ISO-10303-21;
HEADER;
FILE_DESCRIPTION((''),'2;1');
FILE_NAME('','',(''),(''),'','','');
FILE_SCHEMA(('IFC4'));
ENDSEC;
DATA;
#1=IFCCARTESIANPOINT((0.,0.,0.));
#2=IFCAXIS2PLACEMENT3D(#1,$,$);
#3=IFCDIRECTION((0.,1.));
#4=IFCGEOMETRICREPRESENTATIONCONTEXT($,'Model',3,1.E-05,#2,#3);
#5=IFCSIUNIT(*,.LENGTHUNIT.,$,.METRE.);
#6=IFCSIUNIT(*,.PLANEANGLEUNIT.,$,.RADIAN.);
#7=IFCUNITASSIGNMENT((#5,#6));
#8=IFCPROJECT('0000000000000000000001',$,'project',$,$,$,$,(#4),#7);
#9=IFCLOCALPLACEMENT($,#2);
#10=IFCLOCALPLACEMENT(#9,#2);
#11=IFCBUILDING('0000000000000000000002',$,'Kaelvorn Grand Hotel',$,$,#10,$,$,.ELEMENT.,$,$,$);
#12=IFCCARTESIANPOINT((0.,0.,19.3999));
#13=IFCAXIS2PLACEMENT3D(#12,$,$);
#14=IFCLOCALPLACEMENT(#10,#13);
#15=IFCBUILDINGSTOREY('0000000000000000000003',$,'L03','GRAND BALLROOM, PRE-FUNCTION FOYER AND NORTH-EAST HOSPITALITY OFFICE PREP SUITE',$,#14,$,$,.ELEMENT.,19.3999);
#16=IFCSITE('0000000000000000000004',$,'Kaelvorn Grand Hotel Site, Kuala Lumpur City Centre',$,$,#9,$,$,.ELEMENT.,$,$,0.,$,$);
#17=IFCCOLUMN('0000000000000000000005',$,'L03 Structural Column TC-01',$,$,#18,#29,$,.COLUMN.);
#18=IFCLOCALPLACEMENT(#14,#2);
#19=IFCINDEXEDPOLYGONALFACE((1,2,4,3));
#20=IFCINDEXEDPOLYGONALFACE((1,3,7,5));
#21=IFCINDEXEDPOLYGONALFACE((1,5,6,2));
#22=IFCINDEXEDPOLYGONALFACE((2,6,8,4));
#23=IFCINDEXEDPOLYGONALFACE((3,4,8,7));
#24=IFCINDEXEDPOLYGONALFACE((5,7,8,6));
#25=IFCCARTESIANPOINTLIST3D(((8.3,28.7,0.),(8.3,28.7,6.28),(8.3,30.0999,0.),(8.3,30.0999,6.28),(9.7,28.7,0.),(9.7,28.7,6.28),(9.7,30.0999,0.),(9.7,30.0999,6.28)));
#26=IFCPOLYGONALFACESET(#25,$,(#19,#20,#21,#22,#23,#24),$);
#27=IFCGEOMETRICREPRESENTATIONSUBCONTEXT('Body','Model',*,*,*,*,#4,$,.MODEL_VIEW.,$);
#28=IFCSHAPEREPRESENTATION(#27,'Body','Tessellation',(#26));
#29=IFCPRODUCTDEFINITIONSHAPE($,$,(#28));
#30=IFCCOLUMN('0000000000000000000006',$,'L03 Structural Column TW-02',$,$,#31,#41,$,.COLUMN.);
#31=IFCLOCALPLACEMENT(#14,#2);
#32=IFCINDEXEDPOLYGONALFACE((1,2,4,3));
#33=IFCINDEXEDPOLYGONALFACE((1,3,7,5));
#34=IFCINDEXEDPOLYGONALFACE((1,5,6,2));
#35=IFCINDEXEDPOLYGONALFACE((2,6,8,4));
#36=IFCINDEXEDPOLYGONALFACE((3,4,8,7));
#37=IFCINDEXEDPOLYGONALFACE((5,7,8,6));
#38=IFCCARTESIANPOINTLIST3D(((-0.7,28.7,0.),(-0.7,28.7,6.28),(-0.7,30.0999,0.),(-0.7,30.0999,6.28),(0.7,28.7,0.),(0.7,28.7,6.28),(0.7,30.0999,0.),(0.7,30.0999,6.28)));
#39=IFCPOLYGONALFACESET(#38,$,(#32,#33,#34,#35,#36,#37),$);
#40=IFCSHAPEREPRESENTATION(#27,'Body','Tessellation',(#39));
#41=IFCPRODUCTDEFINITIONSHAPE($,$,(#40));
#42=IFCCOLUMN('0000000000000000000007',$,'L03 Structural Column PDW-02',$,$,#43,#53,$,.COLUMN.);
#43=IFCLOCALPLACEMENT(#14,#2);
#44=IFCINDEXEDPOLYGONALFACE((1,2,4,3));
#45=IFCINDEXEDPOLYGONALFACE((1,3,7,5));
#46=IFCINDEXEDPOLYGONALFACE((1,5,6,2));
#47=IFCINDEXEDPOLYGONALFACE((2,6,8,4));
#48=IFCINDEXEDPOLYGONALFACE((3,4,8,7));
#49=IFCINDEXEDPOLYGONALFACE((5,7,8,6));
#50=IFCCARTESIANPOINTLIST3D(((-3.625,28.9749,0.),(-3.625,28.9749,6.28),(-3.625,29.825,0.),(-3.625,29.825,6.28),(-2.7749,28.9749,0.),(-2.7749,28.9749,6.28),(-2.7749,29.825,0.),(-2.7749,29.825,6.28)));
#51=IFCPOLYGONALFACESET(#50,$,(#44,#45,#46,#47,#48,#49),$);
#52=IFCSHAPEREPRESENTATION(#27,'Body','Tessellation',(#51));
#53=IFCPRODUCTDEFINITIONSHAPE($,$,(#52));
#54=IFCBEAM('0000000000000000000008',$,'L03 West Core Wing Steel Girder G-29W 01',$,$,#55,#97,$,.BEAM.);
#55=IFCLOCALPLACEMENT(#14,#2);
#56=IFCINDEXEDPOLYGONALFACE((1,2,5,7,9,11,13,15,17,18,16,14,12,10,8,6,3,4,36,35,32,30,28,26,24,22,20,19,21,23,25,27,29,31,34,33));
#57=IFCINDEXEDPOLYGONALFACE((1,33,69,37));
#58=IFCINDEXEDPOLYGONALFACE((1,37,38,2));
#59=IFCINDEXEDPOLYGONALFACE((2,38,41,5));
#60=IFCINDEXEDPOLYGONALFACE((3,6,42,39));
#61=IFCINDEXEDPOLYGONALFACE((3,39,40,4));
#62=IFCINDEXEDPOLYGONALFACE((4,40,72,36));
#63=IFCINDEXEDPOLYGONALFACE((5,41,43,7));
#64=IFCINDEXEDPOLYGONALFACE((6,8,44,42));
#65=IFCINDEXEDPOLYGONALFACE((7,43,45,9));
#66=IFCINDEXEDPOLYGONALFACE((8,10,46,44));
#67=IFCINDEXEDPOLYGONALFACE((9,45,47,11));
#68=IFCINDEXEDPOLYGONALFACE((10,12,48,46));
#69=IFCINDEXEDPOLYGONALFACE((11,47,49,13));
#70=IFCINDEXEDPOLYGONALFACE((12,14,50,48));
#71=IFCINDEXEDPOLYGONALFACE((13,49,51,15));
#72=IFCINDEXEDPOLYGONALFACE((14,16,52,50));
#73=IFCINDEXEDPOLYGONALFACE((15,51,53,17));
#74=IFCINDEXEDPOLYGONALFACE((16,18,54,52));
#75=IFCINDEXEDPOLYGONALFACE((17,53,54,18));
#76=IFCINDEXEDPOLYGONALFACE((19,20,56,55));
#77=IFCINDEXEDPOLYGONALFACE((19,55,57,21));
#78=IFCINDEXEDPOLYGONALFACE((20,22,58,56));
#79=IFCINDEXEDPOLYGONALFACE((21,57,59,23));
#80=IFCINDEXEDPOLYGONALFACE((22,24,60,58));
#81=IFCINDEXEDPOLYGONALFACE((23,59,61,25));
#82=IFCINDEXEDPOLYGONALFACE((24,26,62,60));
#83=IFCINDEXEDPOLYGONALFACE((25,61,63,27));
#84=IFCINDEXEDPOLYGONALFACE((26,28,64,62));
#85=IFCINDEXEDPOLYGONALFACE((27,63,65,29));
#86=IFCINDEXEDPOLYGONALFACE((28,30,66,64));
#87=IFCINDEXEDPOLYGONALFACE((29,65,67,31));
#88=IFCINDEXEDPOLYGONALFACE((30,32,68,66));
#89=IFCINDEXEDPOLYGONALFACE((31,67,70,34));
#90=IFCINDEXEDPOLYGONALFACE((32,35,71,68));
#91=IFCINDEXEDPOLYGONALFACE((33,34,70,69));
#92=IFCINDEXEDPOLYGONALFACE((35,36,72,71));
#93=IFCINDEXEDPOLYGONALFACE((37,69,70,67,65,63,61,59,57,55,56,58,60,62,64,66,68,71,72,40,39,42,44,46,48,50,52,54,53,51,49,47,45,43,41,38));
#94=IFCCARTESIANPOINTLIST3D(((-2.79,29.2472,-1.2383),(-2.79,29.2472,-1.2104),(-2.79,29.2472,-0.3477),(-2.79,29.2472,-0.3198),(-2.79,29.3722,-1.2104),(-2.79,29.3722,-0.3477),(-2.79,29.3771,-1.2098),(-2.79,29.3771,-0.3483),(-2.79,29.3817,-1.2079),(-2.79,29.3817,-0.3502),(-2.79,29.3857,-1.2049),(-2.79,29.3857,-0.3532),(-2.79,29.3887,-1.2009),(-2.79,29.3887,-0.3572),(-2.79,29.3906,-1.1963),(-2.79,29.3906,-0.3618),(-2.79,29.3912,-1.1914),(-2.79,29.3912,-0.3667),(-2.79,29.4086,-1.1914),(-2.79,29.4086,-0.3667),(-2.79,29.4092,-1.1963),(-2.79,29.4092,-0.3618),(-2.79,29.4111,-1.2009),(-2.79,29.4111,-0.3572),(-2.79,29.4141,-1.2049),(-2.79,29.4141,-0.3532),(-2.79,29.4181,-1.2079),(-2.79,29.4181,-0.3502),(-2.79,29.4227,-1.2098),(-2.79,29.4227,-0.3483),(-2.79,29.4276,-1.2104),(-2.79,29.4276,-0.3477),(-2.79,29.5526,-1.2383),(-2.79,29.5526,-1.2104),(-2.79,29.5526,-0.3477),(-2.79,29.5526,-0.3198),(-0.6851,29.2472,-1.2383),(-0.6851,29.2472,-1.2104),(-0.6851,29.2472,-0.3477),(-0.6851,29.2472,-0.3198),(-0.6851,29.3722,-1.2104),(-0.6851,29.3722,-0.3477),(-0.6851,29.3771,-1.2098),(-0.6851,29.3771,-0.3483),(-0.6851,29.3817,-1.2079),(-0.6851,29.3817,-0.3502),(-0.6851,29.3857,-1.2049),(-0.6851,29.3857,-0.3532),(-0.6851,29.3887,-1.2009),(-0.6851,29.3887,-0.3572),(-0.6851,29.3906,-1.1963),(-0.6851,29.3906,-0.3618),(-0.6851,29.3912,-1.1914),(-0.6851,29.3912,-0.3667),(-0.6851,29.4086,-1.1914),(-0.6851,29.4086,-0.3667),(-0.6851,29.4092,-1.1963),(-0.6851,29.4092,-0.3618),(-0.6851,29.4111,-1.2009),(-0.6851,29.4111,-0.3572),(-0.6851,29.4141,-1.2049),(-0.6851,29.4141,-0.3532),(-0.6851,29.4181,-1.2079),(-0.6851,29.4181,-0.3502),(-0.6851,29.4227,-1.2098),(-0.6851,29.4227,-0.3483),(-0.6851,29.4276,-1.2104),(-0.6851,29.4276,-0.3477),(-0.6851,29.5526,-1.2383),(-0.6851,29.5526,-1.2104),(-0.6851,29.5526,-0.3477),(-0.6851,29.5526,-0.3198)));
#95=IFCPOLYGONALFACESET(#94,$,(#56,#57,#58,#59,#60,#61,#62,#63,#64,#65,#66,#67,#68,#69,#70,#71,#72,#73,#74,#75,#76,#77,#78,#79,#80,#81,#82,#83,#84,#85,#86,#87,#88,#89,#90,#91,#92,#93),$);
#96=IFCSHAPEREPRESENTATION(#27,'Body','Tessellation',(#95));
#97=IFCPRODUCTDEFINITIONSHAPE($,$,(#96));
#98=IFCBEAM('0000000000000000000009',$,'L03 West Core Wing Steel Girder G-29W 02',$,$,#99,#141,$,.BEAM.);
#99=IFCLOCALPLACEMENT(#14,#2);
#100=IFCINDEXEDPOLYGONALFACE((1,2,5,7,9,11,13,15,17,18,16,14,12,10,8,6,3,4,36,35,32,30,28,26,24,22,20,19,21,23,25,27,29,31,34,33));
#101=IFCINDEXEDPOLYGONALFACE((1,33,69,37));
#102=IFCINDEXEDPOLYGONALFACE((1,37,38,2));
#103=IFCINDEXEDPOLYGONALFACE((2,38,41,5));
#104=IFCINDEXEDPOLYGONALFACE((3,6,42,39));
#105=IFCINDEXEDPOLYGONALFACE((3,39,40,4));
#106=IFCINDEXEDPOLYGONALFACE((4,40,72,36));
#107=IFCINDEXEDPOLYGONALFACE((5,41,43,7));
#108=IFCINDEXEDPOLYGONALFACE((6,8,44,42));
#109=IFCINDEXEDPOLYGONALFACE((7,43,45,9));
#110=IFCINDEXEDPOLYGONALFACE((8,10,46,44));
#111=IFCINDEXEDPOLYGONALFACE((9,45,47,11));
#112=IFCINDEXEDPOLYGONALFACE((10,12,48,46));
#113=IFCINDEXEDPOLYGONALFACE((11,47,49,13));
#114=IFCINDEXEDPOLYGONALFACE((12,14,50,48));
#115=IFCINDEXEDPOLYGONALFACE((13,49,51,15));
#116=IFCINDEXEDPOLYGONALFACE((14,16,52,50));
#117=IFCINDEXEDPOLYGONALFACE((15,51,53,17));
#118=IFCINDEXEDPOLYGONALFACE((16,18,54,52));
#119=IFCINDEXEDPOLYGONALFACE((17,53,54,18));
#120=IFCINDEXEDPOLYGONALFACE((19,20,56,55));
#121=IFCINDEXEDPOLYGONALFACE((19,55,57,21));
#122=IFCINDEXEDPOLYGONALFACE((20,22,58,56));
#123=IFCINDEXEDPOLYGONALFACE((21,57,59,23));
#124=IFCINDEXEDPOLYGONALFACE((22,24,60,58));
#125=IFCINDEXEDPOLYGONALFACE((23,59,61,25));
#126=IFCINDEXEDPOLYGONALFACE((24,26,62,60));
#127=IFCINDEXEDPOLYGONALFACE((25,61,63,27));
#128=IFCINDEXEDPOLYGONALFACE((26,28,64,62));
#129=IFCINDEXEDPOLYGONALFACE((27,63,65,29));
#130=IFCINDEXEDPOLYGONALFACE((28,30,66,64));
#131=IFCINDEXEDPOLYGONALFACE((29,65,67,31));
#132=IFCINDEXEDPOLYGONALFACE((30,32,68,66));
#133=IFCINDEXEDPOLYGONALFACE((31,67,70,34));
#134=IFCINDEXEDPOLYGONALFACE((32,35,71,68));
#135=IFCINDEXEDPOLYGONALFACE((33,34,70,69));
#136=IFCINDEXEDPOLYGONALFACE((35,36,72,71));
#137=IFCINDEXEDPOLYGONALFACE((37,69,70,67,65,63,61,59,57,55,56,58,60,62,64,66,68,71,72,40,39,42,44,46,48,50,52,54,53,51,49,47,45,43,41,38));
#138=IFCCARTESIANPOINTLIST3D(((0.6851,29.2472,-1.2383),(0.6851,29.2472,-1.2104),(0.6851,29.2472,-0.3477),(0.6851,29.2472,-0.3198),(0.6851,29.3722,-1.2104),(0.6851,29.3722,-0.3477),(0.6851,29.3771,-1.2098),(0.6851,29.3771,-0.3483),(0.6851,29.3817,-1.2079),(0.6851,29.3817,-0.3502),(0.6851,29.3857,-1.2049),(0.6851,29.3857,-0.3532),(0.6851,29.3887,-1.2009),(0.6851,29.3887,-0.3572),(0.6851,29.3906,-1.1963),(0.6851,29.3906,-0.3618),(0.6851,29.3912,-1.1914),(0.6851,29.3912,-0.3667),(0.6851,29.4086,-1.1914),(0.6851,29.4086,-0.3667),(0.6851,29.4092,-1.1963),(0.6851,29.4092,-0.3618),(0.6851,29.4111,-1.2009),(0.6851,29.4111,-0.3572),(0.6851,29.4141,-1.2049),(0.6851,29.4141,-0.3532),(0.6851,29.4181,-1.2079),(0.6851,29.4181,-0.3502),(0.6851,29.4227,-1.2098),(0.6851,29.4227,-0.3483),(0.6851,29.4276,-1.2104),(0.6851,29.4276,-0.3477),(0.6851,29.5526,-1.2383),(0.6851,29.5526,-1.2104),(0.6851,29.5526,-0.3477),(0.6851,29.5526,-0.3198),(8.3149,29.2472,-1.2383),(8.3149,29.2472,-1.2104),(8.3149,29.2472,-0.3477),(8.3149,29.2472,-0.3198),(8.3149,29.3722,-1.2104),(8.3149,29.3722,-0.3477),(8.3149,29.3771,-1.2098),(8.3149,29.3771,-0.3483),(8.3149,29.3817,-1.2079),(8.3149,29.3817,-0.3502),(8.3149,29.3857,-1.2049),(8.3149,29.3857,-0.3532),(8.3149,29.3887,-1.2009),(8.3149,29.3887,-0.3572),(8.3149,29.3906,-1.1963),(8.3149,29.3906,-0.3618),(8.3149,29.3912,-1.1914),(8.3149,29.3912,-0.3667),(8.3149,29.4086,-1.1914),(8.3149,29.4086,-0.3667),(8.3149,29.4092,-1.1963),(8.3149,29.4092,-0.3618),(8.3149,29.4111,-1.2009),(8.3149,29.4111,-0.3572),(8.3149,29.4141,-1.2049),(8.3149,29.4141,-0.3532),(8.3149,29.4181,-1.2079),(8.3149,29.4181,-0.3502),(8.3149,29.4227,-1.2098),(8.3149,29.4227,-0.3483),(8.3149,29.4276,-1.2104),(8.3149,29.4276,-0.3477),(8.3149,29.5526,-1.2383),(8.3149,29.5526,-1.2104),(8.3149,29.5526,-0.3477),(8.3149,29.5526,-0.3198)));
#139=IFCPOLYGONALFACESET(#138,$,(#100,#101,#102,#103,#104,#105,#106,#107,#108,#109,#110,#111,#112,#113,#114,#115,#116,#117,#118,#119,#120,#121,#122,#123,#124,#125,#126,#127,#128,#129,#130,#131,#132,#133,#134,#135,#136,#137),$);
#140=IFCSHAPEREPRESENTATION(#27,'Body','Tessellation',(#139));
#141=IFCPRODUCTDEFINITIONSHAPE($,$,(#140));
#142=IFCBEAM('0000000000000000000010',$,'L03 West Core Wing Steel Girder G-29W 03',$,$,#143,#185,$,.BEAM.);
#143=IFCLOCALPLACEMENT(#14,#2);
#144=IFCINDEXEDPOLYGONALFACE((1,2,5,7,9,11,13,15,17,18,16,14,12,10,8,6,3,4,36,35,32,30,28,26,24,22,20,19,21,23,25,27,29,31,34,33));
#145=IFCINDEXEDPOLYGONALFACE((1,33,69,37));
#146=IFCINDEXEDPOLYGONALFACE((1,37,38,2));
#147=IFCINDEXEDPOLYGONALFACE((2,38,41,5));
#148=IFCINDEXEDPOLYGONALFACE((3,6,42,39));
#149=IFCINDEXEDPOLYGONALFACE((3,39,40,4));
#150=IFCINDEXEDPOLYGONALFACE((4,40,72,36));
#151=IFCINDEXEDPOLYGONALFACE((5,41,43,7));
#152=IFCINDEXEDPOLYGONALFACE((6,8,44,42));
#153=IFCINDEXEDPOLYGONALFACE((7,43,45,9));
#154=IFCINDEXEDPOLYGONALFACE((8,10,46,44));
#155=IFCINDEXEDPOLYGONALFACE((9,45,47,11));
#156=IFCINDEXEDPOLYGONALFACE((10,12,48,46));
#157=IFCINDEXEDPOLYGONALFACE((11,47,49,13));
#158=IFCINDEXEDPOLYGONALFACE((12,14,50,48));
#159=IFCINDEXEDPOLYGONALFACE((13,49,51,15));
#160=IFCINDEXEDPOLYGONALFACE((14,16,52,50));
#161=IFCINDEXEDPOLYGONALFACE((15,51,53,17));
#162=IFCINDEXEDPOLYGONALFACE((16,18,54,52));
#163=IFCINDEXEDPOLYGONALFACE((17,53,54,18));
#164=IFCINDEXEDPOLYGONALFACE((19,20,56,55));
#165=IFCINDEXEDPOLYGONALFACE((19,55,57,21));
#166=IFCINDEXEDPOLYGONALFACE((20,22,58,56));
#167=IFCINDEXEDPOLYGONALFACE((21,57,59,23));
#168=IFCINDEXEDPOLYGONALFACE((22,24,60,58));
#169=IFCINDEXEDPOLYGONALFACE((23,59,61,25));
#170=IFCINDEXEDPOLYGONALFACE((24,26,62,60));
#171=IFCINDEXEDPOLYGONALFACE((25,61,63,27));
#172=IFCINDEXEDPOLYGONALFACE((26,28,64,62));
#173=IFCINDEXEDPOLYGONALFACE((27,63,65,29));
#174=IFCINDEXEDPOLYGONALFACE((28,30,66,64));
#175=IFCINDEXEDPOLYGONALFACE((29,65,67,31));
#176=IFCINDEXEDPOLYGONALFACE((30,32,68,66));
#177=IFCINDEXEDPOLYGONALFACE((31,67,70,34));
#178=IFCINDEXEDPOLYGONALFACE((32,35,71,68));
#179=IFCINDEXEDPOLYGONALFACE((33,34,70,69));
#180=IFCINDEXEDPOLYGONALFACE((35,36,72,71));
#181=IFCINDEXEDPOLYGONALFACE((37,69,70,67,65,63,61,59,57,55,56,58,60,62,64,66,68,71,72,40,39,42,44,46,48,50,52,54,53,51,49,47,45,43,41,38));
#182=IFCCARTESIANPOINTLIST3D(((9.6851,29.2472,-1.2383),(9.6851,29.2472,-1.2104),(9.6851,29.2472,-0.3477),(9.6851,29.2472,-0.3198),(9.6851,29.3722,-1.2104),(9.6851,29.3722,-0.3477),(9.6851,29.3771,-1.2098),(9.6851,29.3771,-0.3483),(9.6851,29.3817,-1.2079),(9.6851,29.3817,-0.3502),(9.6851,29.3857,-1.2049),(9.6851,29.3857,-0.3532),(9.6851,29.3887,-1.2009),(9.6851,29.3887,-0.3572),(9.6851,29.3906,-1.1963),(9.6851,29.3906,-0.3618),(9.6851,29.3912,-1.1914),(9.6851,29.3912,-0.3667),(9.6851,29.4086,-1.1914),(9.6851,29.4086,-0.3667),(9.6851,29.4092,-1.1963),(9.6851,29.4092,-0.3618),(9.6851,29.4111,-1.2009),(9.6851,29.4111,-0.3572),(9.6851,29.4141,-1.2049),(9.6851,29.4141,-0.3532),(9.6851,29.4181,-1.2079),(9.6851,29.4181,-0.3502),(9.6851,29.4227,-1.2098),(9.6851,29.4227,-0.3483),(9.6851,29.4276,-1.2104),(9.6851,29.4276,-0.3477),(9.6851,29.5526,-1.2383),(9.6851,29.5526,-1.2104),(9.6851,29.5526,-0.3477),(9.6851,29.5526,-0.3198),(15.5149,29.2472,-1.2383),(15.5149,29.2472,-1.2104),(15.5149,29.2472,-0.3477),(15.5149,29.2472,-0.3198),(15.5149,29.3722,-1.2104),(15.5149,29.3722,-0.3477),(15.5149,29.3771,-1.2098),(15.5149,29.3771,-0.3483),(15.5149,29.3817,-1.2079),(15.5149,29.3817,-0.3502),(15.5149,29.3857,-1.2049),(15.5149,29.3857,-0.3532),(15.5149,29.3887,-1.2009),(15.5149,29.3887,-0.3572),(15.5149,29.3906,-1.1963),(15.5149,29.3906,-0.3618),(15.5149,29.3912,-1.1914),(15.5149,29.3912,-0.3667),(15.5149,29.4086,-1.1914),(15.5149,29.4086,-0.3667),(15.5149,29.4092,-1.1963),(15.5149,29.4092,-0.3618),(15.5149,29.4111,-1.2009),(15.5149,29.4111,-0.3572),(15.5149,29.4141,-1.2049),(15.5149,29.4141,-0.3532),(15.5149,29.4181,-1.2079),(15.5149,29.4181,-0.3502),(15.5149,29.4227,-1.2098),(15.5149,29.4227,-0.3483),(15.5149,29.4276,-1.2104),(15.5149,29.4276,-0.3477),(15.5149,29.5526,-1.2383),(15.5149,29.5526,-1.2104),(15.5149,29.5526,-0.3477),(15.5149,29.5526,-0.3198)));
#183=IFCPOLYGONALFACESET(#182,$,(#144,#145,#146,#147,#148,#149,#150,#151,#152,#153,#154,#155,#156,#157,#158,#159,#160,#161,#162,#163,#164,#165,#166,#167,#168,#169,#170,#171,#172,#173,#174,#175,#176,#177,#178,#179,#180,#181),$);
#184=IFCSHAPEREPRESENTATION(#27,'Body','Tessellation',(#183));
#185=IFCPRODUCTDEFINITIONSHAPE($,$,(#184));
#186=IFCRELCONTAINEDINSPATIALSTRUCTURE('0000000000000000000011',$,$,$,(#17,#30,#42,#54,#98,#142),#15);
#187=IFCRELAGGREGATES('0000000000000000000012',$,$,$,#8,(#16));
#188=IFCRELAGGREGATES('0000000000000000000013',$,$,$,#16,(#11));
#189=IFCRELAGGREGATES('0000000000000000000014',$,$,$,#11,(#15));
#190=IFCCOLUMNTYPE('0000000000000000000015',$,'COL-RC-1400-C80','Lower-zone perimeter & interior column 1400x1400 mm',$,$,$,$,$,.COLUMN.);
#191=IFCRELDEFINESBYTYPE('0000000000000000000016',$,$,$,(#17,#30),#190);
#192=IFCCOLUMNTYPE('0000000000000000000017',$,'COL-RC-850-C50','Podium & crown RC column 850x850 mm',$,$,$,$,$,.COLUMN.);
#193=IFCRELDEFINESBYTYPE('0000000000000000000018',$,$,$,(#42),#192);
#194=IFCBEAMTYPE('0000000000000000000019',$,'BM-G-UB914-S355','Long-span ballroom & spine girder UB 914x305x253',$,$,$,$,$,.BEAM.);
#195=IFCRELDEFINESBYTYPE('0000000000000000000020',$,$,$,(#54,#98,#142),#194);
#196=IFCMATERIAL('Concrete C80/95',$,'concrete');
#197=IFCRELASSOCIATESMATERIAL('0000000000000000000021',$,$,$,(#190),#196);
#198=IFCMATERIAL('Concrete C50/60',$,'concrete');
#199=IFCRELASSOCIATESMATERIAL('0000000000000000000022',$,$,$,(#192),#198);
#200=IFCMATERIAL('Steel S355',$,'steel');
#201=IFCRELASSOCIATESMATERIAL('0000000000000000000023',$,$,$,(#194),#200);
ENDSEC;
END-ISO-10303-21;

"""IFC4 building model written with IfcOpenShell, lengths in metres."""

from ifc_helpers import new_model, si_unit, direction, frame, origin, origin_2d, place, context, subcontext, project, spatial, rectangle, i_section, extrude, material, material_profile, profile_set, type_object, element, save


model = new_model("IFC4")

# Units and contexts
model_context = context("Model", 3, precision=1e-05, world=origin(), true_north=direction((0.0, 1.0)))
body_context = subcontext(model_context, "Body", "Model", "MODEL_VIEW")
ifc_project = project(units=[si_unit("LENGTHUNIT", "METRE"), si_unit("PLANEANGLEUNIT", "RADIAN")], contexts=[model_context])

# Site, building, storey
site_placement = place(None, origin())
site = spatial("IfcSite", under=ifc_project, at=site_placement, Name="Kaelvorn Grand Hotel Site, Kuala Lumpur City Centre", CompositionType="ELEMENT", RefElevation=0.0)
building_placement = place(site_placement, origin())
building = spatial("IfcBuilding", under=site, at=building_placement, Name="Kaelvorn Grand Hotel", CompositionType="ELEMENT")
storey_placement = place(building_placement, frame((0.0, 0.0, 19.3999)))
storey = spatial("IfcBuildingStorey", under=building, at=storey_placement, Name="L03", Description="GRAND BALLROOM, PRE-FUNCTION FOYER AND NORTH-EAST HOSPITALITY OFFICE PREP SUITE", CompositionType="ELEMENT", Elevation=19.3999)

# Columns
ifc_material_1 = material(Name="Concrete C80/95", Category="concrete")
ifc_material_profile_1 = material_profile(ifc_material_1, rectangle(XDim=1.3999, YDim=1.3999, at=origin_2d()), Name="RC COL 1400x1400")
ifc_profile_set_1 = profile_set([ifc_material_profile_1], Name="Concrete C80/95")
column_type_1 = type_object("IfcColumnType", Name="COL-RC-1400-C80", Description="Lower-zone perimeter & interior column 1400x1400 mm", PredefinedType="COLUMN", material=ifc_profile_set_1)
for number, where, z_axis, x_axis, name in (
    (1, (9.0, 29.3999, 0.0), (0.0, 0.0, 1.0), (1.0, 0.0, 0.0), "L03 Structural Column TC-01"),
    (2, (0.0, 29.3999, 0.0), (0.0, 0.0, 1.0), (1.0, 0.0, 0.0), "L03 Structural Column TW-02"),
):
    element("IfcColumn", number, at=place(storey_placement, frame(where, z_axis=z_axis, x_axis=x_axis)), inside=storey, type_object=column_type_1, Name=name, PredefinedType="COLUMN", context=body_context, shape_type="SweptSolid", body=[
        extrude(rectangle(XDim=1.3999, YDim=1.3999, at=origin_2d()), origin(), (0.0, 0.0, 1.0), 6.28),
    ])
ifc_material_2 = material(Name="Concrete C50/60", Category="concrete")
ifc_material_profile_2 = material_profile(ifc_material_2, rectangle(XDim=0.8501, YDim=0.8501, at=origin_2d()), Name="RC COL 850x850")
ifc_profile_set_2 = profile_set([ifc_material_profile_2], Name="Concrete C50/60")
column_type_2 = type_object("IfcColumnType", Name="COL-RC-850-C50", Description="Podium & crown RC column 850x850 mm", PredefinedType="COLUMN", material=ifc_profile_set_2)
column_placement = place(storey_placement, frame((-3.2, 29.3999, 0.0), z_axis=(0.0, 0.0, 1.0), x_axis=(1.0, 0.0, 0.0)))
element("IfcColumn", 3, at=column_placement, inside=storey, type_object=column_type_2, Name="L03 Structural Column PDW-02", PredefinedType="COLUMN", context=body_context, shape_type="SweptSolid", body=[
    extrude(rectangle(XDim=0.8501, YDim=0.8501, at=origin_2d()), origin(), (0.0, 0.0, 1.0), 6.28),
])

# Beams
ifc_material_3 = material(Name="Steel S355", Category="steel")
ifc_material_profile_3 = material_profile(ifc_material_3, i_section(OverallWidth=0.3054, OverallDepth=0.9185, WebThickness=0.0173, FlangeThickness=0.0278, FilletRadius=0.019, at=origin_2d()), Name="UB 914x305x253")
ifc_profile_set_3 = profile_set([ifc_material_profile_3], Name="Steel S355")
beam_type_1 = type_object("IfcBeamType", Name="BM-G-UB914-S355", Description="Long-span ballroom & spine girder UB 914x305x253", PredefinedType="BEAM", material=ifc_profile_set_3)
beam_1_placement = place(storey_placement, frame((-2.79, 29.3999, -0.7791), z_axis=(1.0, 0.0, 0.0), x_axis=(0.0, 1.0, 0.0)))
element("IfcBeam", 4, at=beam_1_placement, inside=storey, type_object=beam_type_1, Name="L03 West Core Wing Steel Girder G-29W 01", PredefinedType="BEAM", context=body_context, shape_type="SweptSolid", body=[
    extrude(i_section(OverallWidth=0.3054, OverallDepth=0.9185, WebThickness=0.0173, FlangeThickness=0.0278, FilletRadius=0.019, at=origin_2d()), origin(), (0.0, 0.0, 1.0), 2.105),
])
beam_2_placement = place(storey_placement, frame((0.6851, 29.3999, -0.7791), z_axis=(1.0, 0.0, 0.0), x_axis=(0.0, 1.0, 0.0)))
element("IfcBeam", 5, at=beam_2_placement, inside=storey, type_object=beam_type_1, Name="L03 West Core Wing Steel Girder G-29W 02", PredefinedType="BEAM", context=body_context, shape_type="SweptSolid", body=[
    extrude(i_section(OverallWidth=0.3054, OverallDepth=0.9185, WebThickness=0.0173, FlangeThickness=0.0278, FilletRadius=0.019, at=origin_2d()), origin(), (0.0, 0.0, 1.0), 7.6299),
])
beam_3_placement = place(storey_placement, frame((9.6851, 29.3999, -0.7791), z_axis=(1.0, 0.0, 0.0), x_axis=(0.0, 1.0, 0.0)))
element("IfcBeam", 6, at=beam_3_placement, inside=storey, type_object=beam_type_1, Name="L03 West Core Wing Steel Girder G-29W 03", PredefinedType="BEAM", context=body_context, shape_type="SweptSolid", body=[
    extrude(i_section(OverallWidth=0.3054, OverallDepth=0.9185, WebThickness=0.0173, FlangeThickness=0.0278, FilletRadius=0.019, at=origin_2d()), origin(), (0.0, 0.0, 1.0), 5.8298),
])

save(model, "model.ifc")
